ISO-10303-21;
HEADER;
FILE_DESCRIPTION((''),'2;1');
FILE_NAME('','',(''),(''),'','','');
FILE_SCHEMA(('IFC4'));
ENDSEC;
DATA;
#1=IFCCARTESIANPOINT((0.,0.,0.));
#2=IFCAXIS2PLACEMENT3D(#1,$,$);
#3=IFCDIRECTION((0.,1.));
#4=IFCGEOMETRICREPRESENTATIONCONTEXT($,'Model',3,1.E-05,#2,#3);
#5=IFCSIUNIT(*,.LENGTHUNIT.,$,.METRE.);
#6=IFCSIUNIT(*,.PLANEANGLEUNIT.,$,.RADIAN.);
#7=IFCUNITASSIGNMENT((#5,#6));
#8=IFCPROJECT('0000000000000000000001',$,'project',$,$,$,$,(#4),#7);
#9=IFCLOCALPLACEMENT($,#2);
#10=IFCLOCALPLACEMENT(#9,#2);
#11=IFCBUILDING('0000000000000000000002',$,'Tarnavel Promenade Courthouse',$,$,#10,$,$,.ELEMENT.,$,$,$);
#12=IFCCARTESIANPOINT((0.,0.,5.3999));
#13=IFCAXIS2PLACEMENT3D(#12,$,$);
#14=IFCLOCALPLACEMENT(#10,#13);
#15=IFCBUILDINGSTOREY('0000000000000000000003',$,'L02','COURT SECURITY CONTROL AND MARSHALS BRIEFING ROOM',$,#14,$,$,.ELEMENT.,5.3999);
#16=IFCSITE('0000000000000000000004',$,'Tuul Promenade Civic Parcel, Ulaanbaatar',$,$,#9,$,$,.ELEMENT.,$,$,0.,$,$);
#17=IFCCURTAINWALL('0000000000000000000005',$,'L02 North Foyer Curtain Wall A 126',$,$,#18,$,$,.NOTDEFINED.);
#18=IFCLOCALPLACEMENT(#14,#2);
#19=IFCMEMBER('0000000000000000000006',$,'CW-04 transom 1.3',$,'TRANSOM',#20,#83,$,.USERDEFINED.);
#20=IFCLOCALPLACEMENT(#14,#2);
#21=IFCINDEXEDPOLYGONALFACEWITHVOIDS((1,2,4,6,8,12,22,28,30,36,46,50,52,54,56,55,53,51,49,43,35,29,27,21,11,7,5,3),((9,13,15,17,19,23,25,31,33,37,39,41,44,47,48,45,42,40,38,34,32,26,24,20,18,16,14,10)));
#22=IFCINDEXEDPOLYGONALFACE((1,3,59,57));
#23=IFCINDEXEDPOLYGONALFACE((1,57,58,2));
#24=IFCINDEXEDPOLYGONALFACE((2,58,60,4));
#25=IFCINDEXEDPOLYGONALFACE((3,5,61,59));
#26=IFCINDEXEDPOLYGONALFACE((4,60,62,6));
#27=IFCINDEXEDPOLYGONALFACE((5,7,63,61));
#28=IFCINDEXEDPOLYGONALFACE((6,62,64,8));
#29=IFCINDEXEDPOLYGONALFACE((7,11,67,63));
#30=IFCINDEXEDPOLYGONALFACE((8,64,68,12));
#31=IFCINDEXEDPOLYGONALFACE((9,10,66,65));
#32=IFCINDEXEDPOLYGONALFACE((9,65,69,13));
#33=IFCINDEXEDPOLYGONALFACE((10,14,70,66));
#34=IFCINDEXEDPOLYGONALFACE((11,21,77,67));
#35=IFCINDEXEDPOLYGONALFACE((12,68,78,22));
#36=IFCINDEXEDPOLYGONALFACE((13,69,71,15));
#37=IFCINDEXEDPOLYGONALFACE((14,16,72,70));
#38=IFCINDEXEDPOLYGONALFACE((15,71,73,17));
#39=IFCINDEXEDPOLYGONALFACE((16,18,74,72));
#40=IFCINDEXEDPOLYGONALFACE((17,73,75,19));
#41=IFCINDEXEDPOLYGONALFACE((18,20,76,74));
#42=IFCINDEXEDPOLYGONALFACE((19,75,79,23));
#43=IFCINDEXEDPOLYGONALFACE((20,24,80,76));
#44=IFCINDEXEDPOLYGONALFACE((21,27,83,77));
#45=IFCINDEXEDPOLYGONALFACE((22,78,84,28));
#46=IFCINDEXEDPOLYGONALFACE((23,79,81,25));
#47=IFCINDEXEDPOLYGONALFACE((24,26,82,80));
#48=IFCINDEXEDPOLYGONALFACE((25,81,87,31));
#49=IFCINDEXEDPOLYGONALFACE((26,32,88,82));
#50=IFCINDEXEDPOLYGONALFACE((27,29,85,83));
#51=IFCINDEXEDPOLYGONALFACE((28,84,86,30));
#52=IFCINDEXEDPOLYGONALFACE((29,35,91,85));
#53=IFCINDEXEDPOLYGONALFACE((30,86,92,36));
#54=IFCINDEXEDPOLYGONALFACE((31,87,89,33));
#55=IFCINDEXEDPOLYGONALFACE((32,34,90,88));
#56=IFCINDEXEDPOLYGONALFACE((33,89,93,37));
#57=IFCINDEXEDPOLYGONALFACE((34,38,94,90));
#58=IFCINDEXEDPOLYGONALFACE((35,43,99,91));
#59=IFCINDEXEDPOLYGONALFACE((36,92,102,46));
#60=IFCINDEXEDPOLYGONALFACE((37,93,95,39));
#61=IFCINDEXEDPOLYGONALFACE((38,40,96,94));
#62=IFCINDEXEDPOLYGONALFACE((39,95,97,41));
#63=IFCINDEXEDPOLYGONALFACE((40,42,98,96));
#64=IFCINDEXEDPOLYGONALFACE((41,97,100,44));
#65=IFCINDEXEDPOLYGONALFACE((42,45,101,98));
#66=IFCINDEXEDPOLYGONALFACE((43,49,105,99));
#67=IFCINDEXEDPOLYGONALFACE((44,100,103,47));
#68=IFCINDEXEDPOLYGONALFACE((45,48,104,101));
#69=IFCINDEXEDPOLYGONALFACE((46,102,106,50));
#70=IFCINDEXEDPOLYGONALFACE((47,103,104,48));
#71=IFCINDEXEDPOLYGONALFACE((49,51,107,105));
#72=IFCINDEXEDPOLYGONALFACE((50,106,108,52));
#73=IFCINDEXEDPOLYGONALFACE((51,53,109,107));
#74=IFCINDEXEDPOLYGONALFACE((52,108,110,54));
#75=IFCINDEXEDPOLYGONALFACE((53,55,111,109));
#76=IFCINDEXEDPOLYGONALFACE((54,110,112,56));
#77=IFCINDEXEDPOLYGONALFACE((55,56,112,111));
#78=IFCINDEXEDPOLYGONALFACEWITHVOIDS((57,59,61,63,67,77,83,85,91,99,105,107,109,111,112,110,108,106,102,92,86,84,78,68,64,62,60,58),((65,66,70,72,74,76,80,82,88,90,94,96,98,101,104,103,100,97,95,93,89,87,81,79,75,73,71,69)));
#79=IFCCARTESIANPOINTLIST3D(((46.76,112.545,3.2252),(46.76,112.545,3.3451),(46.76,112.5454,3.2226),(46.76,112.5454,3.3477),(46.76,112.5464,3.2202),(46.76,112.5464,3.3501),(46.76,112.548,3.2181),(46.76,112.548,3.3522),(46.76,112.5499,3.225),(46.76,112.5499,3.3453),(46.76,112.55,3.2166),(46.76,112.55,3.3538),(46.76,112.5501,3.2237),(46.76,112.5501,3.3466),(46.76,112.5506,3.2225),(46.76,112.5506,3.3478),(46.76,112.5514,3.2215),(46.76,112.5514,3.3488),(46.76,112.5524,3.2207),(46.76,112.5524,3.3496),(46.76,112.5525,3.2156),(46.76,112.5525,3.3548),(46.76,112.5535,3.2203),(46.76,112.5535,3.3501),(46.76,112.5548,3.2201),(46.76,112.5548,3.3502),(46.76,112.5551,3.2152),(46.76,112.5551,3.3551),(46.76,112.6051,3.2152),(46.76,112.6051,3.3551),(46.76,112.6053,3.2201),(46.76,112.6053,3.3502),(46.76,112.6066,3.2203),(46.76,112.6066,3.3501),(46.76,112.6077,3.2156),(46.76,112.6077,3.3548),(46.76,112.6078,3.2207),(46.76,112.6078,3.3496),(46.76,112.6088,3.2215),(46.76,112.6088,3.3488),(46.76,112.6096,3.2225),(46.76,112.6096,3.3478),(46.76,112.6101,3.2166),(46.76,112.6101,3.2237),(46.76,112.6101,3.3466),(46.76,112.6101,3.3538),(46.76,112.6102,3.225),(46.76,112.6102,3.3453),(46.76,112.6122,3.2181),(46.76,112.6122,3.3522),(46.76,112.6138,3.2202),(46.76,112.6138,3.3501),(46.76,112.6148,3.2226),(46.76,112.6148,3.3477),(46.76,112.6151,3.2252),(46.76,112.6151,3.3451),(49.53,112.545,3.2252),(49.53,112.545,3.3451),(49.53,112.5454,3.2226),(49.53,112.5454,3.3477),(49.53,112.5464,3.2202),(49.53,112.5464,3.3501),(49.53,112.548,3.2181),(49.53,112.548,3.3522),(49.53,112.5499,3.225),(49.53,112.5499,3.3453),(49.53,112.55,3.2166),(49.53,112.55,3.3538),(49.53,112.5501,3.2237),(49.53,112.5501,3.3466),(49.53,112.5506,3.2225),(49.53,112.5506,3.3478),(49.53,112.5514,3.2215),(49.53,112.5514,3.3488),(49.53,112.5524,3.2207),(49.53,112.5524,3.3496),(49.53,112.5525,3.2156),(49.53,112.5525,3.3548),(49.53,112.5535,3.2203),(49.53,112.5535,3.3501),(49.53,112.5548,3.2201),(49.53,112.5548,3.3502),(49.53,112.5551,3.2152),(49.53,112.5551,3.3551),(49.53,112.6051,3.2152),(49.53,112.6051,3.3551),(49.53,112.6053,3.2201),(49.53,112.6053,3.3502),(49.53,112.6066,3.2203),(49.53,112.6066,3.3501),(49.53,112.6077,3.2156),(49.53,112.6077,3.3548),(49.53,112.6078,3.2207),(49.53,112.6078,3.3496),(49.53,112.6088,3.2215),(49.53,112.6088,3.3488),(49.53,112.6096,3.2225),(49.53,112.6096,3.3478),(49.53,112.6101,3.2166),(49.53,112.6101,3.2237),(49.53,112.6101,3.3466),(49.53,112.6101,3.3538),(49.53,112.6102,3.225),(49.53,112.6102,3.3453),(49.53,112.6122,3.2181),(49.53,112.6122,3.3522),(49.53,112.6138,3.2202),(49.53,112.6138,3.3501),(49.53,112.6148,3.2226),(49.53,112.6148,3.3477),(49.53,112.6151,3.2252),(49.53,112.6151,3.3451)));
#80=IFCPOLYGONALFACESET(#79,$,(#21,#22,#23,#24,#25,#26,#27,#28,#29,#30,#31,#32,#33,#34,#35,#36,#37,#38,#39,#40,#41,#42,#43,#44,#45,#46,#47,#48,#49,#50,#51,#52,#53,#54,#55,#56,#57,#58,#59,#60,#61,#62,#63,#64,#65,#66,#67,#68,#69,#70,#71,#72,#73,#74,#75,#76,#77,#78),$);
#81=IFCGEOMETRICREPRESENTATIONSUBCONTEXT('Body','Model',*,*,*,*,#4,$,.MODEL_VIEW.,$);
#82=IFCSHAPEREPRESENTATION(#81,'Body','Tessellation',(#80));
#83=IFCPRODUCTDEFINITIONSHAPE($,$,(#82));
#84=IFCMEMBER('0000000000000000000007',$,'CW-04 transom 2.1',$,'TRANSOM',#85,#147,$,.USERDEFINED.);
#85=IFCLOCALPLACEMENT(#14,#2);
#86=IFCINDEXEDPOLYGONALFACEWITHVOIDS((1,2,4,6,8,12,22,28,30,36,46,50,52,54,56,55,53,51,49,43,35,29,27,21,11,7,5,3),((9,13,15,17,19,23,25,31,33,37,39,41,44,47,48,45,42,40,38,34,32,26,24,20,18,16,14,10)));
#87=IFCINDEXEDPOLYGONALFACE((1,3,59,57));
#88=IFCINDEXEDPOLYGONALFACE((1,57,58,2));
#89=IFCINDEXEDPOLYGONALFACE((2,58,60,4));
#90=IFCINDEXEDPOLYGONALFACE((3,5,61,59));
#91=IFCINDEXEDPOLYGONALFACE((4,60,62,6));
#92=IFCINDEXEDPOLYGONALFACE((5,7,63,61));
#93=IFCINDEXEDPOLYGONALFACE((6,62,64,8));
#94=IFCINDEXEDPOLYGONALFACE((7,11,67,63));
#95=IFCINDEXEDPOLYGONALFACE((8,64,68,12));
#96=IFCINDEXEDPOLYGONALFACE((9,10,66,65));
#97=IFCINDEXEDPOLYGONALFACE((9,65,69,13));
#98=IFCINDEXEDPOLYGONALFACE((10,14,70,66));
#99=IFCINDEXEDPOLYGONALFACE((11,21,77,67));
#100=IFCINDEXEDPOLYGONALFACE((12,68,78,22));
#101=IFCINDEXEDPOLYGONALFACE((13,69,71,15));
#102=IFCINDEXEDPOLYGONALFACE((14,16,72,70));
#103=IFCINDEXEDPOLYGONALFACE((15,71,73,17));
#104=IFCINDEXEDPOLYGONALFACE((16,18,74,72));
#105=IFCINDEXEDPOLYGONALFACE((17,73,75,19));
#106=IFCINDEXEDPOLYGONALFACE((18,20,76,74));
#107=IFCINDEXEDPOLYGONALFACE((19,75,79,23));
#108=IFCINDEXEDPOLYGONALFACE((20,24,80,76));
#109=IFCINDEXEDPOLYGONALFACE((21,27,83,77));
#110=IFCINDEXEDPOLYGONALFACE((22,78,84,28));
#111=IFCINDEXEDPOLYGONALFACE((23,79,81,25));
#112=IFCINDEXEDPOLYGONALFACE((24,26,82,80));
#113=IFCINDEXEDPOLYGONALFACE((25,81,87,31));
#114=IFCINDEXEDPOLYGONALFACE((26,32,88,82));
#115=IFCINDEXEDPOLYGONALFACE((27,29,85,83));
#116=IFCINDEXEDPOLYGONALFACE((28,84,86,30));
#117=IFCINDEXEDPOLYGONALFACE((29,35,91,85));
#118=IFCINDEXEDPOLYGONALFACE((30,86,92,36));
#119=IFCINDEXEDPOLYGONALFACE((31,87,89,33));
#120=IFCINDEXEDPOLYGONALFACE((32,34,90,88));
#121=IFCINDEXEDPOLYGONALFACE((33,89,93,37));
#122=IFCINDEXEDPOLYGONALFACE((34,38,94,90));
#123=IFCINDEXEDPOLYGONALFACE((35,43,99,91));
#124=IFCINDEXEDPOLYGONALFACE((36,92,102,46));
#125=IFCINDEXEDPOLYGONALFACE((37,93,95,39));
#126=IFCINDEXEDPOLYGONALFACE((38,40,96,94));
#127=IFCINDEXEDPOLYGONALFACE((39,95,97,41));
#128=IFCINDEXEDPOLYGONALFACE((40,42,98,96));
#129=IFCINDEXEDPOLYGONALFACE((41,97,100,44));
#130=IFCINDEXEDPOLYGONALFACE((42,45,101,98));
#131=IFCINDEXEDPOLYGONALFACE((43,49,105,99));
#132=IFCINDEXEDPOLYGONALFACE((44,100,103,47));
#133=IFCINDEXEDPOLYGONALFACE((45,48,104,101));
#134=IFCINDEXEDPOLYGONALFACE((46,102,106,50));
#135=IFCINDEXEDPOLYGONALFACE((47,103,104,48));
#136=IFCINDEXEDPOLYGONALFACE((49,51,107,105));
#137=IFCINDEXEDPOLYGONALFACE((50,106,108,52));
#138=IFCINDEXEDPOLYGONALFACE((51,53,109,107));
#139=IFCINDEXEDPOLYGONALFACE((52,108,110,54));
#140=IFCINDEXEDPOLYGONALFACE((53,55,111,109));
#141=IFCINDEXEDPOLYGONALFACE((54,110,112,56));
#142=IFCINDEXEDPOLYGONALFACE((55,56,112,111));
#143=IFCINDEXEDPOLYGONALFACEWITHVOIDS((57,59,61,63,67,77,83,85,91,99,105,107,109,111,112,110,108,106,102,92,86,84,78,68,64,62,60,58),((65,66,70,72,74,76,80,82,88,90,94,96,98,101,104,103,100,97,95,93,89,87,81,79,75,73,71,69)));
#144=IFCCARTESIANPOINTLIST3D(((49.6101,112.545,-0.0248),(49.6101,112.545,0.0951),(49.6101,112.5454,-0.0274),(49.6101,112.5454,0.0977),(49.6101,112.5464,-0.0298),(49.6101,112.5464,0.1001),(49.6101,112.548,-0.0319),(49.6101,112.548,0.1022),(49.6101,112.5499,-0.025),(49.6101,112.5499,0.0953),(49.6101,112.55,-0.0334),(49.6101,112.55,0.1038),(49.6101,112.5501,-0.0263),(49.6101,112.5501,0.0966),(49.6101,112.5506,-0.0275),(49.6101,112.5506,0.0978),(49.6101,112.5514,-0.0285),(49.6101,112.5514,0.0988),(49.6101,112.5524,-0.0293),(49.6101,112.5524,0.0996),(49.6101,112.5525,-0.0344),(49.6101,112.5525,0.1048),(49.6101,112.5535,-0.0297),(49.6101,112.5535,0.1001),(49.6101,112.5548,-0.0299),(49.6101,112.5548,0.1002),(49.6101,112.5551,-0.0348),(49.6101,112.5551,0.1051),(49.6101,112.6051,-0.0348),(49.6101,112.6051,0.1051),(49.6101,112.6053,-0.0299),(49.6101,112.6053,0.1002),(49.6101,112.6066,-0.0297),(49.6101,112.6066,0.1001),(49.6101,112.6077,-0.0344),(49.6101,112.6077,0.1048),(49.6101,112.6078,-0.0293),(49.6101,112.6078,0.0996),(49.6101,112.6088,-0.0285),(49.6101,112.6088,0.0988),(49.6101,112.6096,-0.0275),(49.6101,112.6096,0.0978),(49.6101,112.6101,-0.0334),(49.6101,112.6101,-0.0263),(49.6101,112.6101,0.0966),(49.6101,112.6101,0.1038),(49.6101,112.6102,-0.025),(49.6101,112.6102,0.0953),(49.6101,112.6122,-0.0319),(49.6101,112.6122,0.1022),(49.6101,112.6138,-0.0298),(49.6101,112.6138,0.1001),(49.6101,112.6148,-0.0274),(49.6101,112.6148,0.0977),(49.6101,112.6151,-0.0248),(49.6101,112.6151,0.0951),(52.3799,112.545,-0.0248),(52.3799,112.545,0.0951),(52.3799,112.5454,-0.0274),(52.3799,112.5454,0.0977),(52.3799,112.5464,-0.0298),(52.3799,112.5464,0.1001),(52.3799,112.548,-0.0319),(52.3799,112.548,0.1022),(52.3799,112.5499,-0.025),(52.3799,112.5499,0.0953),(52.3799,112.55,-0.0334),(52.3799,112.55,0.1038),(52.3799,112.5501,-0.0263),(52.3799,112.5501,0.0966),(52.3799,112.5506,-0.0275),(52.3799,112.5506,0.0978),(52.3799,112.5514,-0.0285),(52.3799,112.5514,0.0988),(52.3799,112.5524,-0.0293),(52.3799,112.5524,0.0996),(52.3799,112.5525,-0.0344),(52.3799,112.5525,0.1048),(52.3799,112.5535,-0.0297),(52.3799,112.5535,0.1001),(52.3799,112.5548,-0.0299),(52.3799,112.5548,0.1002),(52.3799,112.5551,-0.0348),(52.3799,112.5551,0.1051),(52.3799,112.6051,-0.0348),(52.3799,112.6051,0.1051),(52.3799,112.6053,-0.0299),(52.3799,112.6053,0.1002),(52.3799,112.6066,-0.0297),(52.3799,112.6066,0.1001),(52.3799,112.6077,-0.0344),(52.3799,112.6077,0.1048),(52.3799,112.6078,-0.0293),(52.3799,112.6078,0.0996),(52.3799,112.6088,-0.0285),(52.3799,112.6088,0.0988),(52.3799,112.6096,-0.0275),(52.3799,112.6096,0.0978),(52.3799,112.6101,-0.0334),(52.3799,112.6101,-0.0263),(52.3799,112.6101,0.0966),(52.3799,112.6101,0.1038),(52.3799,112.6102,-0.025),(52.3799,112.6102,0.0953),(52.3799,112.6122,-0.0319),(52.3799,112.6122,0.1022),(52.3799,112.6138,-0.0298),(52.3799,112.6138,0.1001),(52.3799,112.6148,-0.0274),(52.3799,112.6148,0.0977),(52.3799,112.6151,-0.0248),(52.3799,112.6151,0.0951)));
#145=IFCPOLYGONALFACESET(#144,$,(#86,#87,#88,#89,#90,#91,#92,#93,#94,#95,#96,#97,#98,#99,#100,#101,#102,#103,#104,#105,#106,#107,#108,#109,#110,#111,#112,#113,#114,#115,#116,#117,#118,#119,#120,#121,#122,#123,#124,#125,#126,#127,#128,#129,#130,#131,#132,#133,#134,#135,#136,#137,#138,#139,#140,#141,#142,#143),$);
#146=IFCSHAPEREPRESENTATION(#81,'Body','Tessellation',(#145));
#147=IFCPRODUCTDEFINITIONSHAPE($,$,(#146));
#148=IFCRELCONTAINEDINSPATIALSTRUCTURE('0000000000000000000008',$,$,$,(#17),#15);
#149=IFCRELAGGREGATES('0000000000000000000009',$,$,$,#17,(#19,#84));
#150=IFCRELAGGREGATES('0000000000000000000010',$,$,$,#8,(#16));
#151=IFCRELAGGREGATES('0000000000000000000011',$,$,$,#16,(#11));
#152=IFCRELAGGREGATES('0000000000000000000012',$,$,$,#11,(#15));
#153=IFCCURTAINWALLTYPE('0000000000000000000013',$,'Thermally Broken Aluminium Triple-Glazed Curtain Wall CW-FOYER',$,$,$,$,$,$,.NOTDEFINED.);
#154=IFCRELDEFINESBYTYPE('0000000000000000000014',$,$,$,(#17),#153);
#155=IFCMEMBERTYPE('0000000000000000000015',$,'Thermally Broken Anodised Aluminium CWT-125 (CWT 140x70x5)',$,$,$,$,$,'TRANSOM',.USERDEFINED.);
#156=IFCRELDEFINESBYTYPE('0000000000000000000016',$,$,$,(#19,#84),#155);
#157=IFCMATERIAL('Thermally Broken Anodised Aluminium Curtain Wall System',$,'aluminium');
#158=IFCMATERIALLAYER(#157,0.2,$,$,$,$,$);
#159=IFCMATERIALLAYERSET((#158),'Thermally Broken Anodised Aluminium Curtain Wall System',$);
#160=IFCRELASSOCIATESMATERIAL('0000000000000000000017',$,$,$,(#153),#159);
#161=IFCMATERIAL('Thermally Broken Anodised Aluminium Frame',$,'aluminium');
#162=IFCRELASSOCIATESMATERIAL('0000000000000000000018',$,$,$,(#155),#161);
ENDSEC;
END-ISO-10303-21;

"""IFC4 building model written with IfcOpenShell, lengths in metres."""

from ifc_helpers import new_model, si_unit, direction, frame, origin, origin_2d, place, context, subcontext, project, spatial, hollow_rectangle, extrude, material, layer, layer_set, material_profile, profile_set, type_object, element, aggregate, save


model = new_model("IFC4")

# Units and contexts
model_context = context("Model", 3, precision=1e-05, world=origin(), true_north=direction((0.0, 1.0)))
body_context = subcontext(model_context, "Body", "Model", "MODEL_VIEW")
ifc_project = project(units=[si_unit("LENGTHUNIT", "METRE"), si_unit("PLANEANGLEUNIT", "RADIAN")], contexts=[model_context])

# Site, building, storey
site_placement = place(None, origin())
site = spatial("IfcSite", under=ifc_project, at=site_placement, Name="Tuul Promenade Civic Parcel, Ulaanbaatar", CompositionType="ELEMENT", RefElevation=0.0)
building_placement = place(site_placement, origin())
building = spatial("IfcBuilding", under=site, at=building_placement, Name="Tarnavel Promenade Courthouse", CompositionType="ELEMENT")
storey_placement = place(building_placement, frame((0.0, 0.0, 5.3999)))
storey = spatial("IfcBuildingStorey", under=building, at=storey_placement, Name="L02", Description="COURT SECURITY CONTROL AND MARSHALS BRIEFING ROOM", CompositionType="ELEMENT", Elevation=5.3999)

# Curtain wall
ifc_material_1 = material(Name="Thermally Broken Anodised Aluminium Curtain Wall System", Category="aluminium")
ifc_layer_1 = layer(ifc_material_1, 0.2)
ifc_layer_set_1 = layer_set([ifc_layer_1], Name="Thermally Broken Anodised Aluminium Curtain Wall System")
curtain_wall_type = type_object("IfcCurtainWallType", Name="Thermally Broken Aluminium Triple-Glazed Curtain Wall CW-FOYER", PredefinedType="NOTDEFINED", material=ifc_layer_set_1)
curtain_wall_1_placement = place(storey_placement, origin())
curtain_wall_1 = element("IfcCurtainWall", 1, at=curtain_wall_1_placement, inside=storey, type_object=curtain_wall_type, Name="L02 North Foyer Curtain Wall A 126", PredefinedType="NOTDEFINED")
ifc_material_2 = material(Name="Thermally Broken Anodised Aluminium Frame", Category="aluminium")

# Members
ifc_material_profile_1 = material_profile(ifc_material_2, hollow_rectangle(XDim=0.0701, YDim=0.1399, WallThickness=0.0049, InnerFilletRadius=0.0049, OuterFilletRadius=0.01, at=origin_2d()), Name="CWT 140x70x5")
ifc_profile_set_1 = profile_set([ifc_material_profile_1], Name="Thermally Broken Anodised Aluminium Frame")
member_type_1 = type_object("IfcMemberType", Name="Thermally Broken Anodised Aluminium CWT-125 (CWT 140x70x5)", ElementType="TRANSOM", PredefinedType="USERDEFINED", material=ifc_profile_set_1)
member_1_placement = place(storey_placement, frame((46.76, 112.5801, 3.2852), z_axis=(1.0, 0.0, 0.0), x_axis=(0.0, 1.0, 0.0)))
member_1 = element("IfcMember", 2, at=member_1_placement, type_object=member_type_1, Name="CW-04 transom 1.3", ObjectType="TRANSOM", PredefinedType="USERDEFINED", context=body_context, shape_type="SweptSolid", body=[
    extrude(hollow_rectangle(XDim=0.0701, YDim=0.1399, WallThickness=0.0049, InnerFilletRadius=0.0049, OuterFilletRadius=0.01, at=origin_2d()), origin(), (0.0, 0.0, 1.0), 2.77),
])
member_2_placement = place(storey_placement, frame((49.6101, 112.5801, 0.0352), z_axis=(1.0, 0.0, 0.0), x_axis=(0.0, 1.0, 0.0)))
member_2 = element("IfcMember", 3, at=member_2_placement, type_object=member_type_1, Name="CW-04 transom 2.1", ObjectType="TRANSOM", PredefinedType="USERDEFINED", context=body_context, shape_type="SweptSolid", body=[
    extrude(hollow_rectangle(XDim=0.0701, YDim=0.1399, WallThickness=0.0049, InnerFilletRadius=0.0049, OuterFilletRadius=0.01, at=origin_2d()), origin(), (0.0, 0.0, 1.0), 2.7698),
])

aggregate(curtain_wall_1, [member_1, member_2])

save(model, "model.ifc")
